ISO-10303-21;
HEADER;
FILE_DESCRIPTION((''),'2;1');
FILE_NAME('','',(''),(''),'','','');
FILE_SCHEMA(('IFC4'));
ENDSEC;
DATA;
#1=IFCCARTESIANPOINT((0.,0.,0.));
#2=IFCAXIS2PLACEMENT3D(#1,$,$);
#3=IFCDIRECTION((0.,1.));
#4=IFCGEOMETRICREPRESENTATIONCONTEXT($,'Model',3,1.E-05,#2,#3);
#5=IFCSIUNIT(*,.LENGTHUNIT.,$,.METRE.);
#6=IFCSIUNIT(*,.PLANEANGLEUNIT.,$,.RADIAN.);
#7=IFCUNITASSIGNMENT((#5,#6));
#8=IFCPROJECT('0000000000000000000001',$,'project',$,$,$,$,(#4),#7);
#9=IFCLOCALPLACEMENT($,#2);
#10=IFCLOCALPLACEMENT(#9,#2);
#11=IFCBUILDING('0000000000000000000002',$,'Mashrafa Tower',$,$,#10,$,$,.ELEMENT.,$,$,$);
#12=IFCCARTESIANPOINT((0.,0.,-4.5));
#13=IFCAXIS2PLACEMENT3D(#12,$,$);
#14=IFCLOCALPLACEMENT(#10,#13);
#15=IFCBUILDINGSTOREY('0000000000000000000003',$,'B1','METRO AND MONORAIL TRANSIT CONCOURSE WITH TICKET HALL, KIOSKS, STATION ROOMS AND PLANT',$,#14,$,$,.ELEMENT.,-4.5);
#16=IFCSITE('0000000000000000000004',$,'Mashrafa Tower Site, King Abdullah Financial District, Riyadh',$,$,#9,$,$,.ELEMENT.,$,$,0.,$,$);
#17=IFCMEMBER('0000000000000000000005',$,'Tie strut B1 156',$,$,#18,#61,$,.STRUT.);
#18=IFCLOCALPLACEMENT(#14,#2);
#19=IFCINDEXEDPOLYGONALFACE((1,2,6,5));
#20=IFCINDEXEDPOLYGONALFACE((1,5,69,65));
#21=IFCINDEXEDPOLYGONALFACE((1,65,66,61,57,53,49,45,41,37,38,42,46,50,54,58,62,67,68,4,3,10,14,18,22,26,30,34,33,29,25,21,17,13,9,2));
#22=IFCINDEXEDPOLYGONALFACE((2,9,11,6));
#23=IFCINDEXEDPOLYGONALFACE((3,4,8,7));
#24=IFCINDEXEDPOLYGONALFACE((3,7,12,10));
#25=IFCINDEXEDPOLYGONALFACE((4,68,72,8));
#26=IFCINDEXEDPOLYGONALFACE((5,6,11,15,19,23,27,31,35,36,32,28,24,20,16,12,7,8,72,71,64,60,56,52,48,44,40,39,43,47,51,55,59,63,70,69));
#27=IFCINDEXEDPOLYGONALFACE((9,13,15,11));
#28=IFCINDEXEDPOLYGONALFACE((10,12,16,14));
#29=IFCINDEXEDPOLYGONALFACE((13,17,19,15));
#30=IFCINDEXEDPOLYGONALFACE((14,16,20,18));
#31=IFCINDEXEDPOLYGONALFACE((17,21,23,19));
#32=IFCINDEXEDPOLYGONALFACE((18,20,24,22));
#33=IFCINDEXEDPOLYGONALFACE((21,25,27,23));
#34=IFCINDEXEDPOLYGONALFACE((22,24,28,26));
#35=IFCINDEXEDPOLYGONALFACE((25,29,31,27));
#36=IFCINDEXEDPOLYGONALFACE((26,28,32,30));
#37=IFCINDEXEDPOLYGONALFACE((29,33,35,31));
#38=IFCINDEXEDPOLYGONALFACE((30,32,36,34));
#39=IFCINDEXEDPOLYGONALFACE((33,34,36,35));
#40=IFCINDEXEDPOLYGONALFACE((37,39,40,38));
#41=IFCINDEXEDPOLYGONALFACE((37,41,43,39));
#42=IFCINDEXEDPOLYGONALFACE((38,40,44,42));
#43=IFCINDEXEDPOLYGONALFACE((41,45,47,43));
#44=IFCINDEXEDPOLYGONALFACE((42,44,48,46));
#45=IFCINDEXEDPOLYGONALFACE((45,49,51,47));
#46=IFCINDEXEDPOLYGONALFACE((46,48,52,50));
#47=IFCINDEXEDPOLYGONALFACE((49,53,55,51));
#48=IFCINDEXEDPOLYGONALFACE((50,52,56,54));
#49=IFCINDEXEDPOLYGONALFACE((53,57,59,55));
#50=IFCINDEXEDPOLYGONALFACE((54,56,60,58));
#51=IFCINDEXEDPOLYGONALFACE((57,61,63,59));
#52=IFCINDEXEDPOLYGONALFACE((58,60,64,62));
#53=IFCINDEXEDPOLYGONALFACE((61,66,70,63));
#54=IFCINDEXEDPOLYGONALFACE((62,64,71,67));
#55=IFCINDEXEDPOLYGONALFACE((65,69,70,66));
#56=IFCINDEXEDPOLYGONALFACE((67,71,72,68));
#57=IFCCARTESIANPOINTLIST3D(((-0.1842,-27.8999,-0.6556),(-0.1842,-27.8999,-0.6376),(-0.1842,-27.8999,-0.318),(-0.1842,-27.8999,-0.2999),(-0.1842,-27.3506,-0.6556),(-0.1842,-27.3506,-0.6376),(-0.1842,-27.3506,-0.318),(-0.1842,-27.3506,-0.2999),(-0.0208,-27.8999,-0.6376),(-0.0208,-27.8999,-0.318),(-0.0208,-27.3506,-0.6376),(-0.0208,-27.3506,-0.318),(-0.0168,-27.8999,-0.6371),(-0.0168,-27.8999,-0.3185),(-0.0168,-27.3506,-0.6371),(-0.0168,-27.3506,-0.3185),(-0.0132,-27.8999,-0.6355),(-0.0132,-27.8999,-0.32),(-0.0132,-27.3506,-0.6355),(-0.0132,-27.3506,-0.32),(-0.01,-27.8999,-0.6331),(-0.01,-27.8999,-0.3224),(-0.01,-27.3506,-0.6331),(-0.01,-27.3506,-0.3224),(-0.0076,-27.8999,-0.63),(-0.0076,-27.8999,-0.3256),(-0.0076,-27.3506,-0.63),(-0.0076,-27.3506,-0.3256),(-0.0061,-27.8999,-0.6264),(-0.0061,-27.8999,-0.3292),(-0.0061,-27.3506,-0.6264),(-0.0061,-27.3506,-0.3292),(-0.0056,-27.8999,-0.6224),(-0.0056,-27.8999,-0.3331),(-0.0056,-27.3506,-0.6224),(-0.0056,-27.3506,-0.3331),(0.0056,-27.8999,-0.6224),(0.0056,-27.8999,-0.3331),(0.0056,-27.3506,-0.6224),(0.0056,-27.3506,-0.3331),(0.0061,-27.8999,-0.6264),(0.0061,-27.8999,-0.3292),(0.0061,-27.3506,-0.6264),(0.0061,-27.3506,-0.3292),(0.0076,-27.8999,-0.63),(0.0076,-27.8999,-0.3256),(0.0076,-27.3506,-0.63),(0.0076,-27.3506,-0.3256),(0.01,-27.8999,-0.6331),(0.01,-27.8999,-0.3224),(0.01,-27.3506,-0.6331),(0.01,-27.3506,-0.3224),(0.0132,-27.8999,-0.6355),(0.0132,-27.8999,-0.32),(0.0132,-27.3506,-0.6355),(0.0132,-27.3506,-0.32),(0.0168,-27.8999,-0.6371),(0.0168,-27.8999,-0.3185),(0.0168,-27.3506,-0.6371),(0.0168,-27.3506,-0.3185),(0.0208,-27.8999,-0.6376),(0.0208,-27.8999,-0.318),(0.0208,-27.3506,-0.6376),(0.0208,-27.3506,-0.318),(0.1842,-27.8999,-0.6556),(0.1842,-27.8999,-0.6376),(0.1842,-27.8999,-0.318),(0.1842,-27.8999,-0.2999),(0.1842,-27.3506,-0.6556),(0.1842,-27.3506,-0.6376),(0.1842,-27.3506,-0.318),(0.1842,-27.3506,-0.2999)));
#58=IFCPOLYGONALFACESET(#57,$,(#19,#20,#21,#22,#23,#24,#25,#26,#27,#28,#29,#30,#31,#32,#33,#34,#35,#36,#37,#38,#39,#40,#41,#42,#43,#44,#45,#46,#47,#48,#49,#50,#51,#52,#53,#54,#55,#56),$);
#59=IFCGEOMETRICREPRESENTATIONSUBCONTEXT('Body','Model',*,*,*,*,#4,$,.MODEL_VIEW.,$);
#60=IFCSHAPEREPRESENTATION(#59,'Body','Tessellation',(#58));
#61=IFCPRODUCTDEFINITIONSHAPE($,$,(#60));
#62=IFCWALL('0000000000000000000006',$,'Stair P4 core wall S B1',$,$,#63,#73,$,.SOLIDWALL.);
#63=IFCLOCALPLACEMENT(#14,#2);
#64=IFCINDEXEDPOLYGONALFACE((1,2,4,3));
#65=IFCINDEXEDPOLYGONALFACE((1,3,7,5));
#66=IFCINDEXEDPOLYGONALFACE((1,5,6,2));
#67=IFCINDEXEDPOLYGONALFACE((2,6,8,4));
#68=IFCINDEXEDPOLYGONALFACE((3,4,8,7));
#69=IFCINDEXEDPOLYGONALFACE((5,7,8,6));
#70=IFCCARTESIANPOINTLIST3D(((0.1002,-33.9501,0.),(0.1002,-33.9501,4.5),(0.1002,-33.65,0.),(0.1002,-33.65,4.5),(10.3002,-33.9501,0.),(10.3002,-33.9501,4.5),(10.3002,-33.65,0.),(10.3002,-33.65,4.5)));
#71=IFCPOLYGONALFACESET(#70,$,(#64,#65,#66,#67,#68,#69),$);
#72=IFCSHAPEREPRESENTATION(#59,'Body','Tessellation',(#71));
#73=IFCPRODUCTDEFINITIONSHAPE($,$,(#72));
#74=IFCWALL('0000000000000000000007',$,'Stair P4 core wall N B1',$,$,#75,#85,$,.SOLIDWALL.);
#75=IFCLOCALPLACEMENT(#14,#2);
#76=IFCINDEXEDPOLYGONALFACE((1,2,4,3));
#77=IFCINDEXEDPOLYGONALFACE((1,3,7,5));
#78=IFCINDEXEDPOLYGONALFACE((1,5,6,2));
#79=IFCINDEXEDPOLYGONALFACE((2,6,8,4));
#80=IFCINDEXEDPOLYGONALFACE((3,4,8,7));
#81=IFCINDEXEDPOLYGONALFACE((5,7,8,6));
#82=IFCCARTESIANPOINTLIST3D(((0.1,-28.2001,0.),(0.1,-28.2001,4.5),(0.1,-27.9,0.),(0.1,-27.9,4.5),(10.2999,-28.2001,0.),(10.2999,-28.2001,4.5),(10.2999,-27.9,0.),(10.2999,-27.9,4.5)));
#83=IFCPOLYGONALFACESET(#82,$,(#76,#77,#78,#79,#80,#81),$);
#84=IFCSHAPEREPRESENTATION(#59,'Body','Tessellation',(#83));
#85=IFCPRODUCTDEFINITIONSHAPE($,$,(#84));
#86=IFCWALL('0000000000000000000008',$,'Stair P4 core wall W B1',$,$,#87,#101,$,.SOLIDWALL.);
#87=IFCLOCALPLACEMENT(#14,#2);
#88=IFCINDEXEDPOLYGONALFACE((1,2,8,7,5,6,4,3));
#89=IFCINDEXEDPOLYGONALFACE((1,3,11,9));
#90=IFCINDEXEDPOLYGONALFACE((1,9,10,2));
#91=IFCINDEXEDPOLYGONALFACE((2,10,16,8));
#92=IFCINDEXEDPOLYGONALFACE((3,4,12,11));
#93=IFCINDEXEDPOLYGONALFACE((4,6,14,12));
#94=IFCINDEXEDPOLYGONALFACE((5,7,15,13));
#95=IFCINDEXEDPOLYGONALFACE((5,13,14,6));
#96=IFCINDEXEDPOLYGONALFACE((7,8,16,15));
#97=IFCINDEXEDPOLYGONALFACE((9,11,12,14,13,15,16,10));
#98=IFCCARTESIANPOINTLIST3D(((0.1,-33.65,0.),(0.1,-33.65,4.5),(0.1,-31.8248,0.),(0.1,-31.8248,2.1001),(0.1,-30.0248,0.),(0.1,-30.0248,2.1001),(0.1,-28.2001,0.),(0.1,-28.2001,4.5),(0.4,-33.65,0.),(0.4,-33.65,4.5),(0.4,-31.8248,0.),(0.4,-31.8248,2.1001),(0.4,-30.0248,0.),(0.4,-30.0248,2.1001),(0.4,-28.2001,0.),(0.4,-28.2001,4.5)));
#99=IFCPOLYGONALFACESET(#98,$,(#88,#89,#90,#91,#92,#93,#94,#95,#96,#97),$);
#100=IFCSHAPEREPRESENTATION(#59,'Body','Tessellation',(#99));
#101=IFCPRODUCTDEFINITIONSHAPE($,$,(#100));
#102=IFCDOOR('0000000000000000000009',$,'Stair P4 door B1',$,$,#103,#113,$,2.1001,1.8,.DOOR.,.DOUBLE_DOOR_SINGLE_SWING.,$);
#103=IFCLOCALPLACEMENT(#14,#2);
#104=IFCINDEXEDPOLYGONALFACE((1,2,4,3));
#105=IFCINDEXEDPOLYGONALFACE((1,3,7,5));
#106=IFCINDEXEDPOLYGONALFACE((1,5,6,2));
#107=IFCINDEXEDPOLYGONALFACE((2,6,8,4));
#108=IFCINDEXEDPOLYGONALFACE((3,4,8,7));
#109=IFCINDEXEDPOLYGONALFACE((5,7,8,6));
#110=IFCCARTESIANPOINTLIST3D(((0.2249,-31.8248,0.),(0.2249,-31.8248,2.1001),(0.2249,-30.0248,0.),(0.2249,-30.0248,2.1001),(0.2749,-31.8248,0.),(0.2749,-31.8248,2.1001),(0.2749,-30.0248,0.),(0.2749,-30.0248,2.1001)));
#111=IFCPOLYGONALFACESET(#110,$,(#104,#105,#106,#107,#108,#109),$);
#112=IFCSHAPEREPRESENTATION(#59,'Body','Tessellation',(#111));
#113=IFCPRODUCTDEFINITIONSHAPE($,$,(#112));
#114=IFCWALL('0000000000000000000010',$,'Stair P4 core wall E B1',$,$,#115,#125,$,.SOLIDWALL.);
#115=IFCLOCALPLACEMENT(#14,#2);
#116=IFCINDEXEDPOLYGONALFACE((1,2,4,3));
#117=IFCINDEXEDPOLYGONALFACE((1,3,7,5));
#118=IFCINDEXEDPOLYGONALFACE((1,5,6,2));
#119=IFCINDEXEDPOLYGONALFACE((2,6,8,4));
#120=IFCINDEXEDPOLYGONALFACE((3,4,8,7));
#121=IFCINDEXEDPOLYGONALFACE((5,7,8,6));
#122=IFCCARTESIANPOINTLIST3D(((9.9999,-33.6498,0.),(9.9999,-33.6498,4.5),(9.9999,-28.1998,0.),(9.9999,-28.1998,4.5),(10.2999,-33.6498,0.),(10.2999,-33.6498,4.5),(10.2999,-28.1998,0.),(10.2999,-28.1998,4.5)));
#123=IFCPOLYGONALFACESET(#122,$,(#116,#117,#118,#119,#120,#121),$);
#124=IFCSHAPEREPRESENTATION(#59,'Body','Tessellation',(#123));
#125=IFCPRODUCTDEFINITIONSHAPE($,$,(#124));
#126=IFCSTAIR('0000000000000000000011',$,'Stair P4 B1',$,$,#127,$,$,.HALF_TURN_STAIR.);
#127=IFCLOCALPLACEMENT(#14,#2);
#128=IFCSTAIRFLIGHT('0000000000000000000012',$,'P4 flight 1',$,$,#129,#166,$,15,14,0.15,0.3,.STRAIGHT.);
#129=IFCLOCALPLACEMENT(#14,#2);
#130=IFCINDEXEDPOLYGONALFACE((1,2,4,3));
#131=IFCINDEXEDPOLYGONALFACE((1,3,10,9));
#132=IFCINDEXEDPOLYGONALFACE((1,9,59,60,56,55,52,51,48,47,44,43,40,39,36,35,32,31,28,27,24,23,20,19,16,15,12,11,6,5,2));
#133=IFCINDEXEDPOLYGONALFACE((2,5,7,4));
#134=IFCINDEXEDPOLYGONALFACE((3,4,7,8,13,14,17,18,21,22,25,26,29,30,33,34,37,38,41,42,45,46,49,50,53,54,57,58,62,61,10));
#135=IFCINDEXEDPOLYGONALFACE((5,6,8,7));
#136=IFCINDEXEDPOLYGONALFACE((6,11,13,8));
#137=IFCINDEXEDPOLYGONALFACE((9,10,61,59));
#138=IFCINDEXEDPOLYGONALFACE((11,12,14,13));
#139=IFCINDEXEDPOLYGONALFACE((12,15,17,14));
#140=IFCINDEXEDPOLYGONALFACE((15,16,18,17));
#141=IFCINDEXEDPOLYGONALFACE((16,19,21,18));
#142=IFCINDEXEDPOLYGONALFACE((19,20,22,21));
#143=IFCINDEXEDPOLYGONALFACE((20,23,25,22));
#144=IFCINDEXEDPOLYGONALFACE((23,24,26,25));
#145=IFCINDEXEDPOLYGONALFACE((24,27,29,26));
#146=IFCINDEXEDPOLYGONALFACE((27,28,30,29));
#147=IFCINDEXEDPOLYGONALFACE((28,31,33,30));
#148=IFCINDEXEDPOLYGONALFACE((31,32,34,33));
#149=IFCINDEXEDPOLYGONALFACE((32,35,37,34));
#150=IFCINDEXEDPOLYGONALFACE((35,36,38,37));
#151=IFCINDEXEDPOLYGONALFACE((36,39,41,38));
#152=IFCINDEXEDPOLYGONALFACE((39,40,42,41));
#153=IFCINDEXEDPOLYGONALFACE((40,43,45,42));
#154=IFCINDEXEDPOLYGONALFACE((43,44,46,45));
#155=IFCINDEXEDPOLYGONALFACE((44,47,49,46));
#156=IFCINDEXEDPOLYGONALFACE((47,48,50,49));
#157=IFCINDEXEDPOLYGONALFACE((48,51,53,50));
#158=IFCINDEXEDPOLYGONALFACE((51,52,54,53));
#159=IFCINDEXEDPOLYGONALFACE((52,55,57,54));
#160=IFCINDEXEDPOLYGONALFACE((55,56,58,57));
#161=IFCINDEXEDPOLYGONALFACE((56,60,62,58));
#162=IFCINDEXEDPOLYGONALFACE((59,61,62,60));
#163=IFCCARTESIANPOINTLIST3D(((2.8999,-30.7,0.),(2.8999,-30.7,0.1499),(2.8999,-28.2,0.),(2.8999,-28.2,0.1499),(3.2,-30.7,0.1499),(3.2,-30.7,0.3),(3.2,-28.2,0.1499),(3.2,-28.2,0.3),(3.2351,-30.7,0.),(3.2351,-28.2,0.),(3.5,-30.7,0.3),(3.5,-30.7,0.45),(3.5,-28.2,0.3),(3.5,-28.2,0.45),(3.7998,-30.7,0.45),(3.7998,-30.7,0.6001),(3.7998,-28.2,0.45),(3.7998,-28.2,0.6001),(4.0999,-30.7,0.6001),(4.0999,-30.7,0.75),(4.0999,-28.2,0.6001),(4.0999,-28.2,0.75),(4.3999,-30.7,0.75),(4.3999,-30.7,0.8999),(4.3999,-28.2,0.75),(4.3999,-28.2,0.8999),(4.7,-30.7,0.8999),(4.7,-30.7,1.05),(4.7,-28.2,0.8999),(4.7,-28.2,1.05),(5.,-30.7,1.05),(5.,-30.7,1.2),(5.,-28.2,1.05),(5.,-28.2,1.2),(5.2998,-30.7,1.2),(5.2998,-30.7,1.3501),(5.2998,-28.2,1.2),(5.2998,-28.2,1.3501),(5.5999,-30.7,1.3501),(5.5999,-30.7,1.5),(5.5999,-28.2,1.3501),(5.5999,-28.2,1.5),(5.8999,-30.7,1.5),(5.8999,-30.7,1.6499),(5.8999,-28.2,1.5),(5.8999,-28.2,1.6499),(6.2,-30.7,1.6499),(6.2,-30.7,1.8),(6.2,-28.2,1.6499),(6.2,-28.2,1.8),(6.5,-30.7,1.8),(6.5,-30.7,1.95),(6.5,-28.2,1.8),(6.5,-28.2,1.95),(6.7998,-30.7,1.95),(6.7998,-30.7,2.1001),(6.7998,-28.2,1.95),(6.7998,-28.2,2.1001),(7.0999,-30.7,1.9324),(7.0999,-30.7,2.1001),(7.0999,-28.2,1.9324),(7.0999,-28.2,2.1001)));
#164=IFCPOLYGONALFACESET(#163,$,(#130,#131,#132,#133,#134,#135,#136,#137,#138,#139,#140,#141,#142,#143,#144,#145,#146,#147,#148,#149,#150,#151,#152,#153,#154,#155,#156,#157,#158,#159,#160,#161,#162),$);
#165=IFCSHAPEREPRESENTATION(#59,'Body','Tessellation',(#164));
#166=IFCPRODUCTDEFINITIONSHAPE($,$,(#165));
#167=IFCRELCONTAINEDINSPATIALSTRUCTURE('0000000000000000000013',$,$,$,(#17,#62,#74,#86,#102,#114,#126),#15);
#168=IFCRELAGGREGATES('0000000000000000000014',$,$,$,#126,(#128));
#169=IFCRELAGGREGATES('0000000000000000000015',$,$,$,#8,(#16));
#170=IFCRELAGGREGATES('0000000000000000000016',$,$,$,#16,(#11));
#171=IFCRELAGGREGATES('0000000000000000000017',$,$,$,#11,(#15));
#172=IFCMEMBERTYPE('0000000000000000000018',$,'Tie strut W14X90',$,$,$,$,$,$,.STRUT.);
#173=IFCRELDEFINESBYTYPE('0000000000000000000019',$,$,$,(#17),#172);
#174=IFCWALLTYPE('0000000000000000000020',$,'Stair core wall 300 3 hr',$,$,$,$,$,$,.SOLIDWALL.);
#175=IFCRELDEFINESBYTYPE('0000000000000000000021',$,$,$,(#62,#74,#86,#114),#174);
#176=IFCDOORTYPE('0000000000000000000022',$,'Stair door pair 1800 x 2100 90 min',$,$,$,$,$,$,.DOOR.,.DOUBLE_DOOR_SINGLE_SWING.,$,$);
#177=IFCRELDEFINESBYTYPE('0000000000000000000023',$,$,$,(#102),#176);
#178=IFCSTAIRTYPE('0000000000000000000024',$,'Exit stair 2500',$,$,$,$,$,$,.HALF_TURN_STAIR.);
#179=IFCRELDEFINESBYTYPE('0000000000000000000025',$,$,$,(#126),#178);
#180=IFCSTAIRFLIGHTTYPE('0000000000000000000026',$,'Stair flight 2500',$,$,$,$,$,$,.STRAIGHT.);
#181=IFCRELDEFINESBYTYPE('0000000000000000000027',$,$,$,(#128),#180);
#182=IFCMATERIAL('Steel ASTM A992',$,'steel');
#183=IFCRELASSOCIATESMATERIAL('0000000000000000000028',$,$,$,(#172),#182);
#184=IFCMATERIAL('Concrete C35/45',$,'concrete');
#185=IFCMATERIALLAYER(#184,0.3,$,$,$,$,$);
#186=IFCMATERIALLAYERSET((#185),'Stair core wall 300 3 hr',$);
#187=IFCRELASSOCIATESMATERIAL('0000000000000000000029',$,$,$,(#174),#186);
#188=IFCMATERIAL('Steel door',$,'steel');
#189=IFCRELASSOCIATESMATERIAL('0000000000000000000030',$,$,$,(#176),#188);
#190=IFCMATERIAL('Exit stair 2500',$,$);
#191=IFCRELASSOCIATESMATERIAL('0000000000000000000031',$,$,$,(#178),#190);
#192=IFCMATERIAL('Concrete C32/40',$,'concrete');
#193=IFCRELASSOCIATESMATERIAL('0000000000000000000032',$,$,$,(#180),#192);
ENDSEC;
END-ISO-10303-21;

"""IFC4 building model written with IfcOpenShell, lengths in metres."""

from ifc_helpers import new_model, si_unit, direction, frame, frame_2d, origin, origin_2d, place, context, subcontext, project, spatial, polyline, rectangle, i_section, outline, extrude, source, transform, mapped, material, layer, layer_set, material_profile, profile_set, type_object, element, fill, aggregate, save


model = new_model("IFC4")

# Units and contexts
model_context = context("Model", 3, precision=1e-05, world=origin(), true_north=direction((0.0, 1.0)))
body_context = subcontext(model_context, "Body", "Model", "MODEL_VIEW")
ifc_project = project(units=[si_unit("LENGTHUNIT", "METRE"), si_unit("PLANEANGLEUNIT", "RADIAN")], contexts=[model_context])

# Site, building, storey
site_placement = place(None, origin())
site = spatial("IfcSite", under=ifc_project, at=site_placement, Name="Mashrafa Tower Site, King Abdullah Financial District, Riyadh", CompositionType="ELEMENT", RefElevation=0.0)
building_placement = place(site_placement, origin())
building = spatial("IfcBuilding", under=site, at=building_placement, Name="Mashrafa Tower", CompositionType="ELEMENT")
storey_placement = place(building_placement, frame((0.0, 0.0, -4.5)))
storey = spatial("IfcBuildingStorey", under=building, at=storey_placement, Name="B1", Description="METRO AND MONORAIL TRANSIT CONCOURSE WITH TICKET HALL, KIOSKS, STATION ROOMS AND PLANT", CompositionType="ELEMENT", Elevation=-4.5)

# Member
ifc_material_1 = material(Name="Steel ASTM A992", Category="steel")
ifc_material_profile_1 = material_profile(ifc_material_1, i_section(OverallWidth=0.3684, OverallDepth=0.3557, WebThickness=0.0112, FlangeThickness=0.0181, FilletRadius=0.0151, at=origin_2d()), Name="W14X90")
ifc_profile_set_1 = profile_set([ifc_material_profile_1], Name="Steel ASTM A992")
member_type_1 = type_object("IfcMemberType", Name="Tie strut W14X90", PredefinedType="STRUT", material=ifc_profile_set_1)
shared_shape_1 = source(origin(), body_context, "Body", "SweptSolid", [
    extrude(i_section(OverallWidth=0.3684, OverallDepth=0.3557, WebThickness=0.0112, FlangeThickness=0.0181, FilletRadius=0.0151, at=origin_2d()), origin(), (0.0, 0.0, 1.0), 0.5493),
])
member_1_placement = place(storey_placement, frame((0.0, -27.3506, -0.4778), z_axis=(0.0, -1.0, 0.0), x_axis=(1.0, 0.0, 0.0)))
element("IfcMember", 1, at=member_1_placement, inside=storey, type_object=member_type_1, Name="Tie strut B1 156", PredefinedType="STRUT", context=body_context, shape_type="MappedRepresentation", body=[
    mapped(shared_shape_1, transform((0.0, 0.0, 0.0))),
])

# Walls
ifc_material_2 = material(Name="Concrete C35/45", Category="concrete")
ifc_layer = layer(ifc_material_2, 0.3)
ifc_layer_set = layer_set([ifc_layer], Name="Stair core wall 300 3 hr")
wall_type = type_object("IfcWallType", Name="Stair core wall 300 3 hr", PredefinedType="SOLIDWALL", material=ifc_layer_set)
for number, where, z_axis, x_axis, name in (
    (2, (0.1001, -33.8, 0.0), (0.0, 0.0, 1.0), (1.0, 0.0, 0.0), "Stair P4 core wall S B1"),
    (3, (10.3, -28.05, 0.0), (0.0, 0.0, 1.0), (-1.0, 0.0, 0.0), "Stair P4 core wall N B1"),
):
    element("IfcWall", number, at=place(storey_placement, frame(where, z_axis=z_axis, x_axis=x_axis)), inside=storey, type_object=wall_type, Name=name, PredefinedType="SOLIDWALL", context=body_context, shape_type="SweptSolid", body=[
        extrude(rectangle(XDim=10.2, YDim=0.3, at=frame_2d((5.1001, 0.0))), origin(), (0.0, 0.0, 1.0), 4.5),
    ])

# Wall, opening, door
wall_1_placement = place(storey_placement, frame((0.25, -28.2, 0.0), z_axis=(0.0, 0.0, 1.0), x_axis=(0.0, -1.0, 0.0)))
wall_1 = element("IfcWall", 4, at=wall_1_placement, inside=storey, type_object=wall_type, Name="Stair P4 core wall W B1", PredefinedType="SOLIDWALL", context=body_context, shape_type="SweptSolid", body=[
    extrude(rectangle(XDim=5.45, YDim=0.3, at=frame_2d((2.7251, 0.0))), origin(), (0.0, 0.0, 1.0), 4.5),
])
opening_placement = place(wall_1_placement, frame((1.825, 0.0, 0.0)))
opening = element("IfcOpeningElement", 5, at=opening_placement, cuts=wall_1, PredefinedType="OPENING", context=body_context, shape_type="SweptSolid", body=[
    extrude(rectangle(XDim=1.8, YDim=2.1001, at=frame_2d((0.8999, 1.05))), frame((0.0, 0.1599, 0.0), z_axis=(0.0, -1.0, 0.0), x_axis=(1.0, 0.0, 0.0)), (0.0, 0.0, 1.0), 0.3201),
])
ifc_material_3 = material(Name="Steel door", Category="steel")
door_type = type_object("IfcDoorType", Name="Stair door pair 1800 x 2100 90 min", OperationType="DOUBLE_DOOR_SINGLE_SWING", PredefinedType="DOOR", material=ifc_material_3)
door_placement = place(opening_placement, origin())
door = element("IfcDoor", 6, at=door_placement, inside=storey, type_object=door_type, Name="Stair P4 door B1", OperationType="DOUBLE_DOOR_SINGLE_SWING", OverallHeight=2.1001, OverallWidth=1.8, PredefinedType="DOOR", context=body_context, shape_type="SweptSolid", body=[
    extrude(rectangle(XDim=1.8, YDim=2.1001, at=frame_2d((0.8999, 1.05))), frame((0.0, 0.0249, 0.0), z_axis=(0.0, -1.0, 0.0), x_axis=(1.0, 0.0, 0.0)), (0.0, 0.0, 1.0), 0.05),
])
fill(opening, door)

# Wall
wall_2_placement = place(storey_placement, frame((10.1499, -33.6499, 0.0), z_axis=(0.0, 0.0, 1.0), x_axis=(0.0, 1.0, 0.0)))
element("IfcWall", 7, at=wall_2_placement, inside=storey, type_object=wall_type, Name="Stair P4 core wall E B1", PredefinedType="SOLIDWALL", context=body_context, shape_type="SweptSolid", body=[
    extrude(rectangle(XDim=5.45, YDim=0.3, at=frame_2d((2.7251, 0.0))), origin(), (0.0, 0.0, 1.0), 4.5),
])

# Stair, stair flight
ifc_material_4 = material(Name="Exit stair 2500")
stair_type = type_object("IfcStairType", Name="Exit stair 2500", PredefinedType="HALF_TURN_STAIR", material=ifc_material_4)
stair_placement = place(storey_placement, origin())
stair = element("IfcStair", 8, at=stair_placement, inside=storey, type_object=stair_type, Name="Stair P4 B1", PredefinedType="HALF_TURN_STAIR")
ifc_material_5 = material(Name="Concrete C32/40", Category="concrete")
stair_flight_type = type_object("IfcStairFlightType", Name="Stair flight 2500", PredefinedType="STRAIGHT", material=ifc_material_5)
stair_flight_1_placement = place(storey_placement, frame((2.8999, -29.45, 0.0), z_axis=(0.0, 0.0, 1.0), x_axis=(1.0, 0.0, 0.0)))
stair_flight_1 = element("IfcStairFlight", 9, at=stair_flight_1_placement, type_object=stair_flight_type, Name="P4 flight 1", NumberOfRisers=15, NumberOfTreads=14, PredefinedType="STRAIGHT", RiserHeight=0.15, TreadLength=0.3, context=body_context, shape_type="SweptSolid", body=[
    extrude(outline(polyline([(0.0, 0.0), (0.0, 0.1499), (0.3, 0.1499), (0.3, 0.3), (0.6001, 0.3), (0.6001, 0.45), (0.8999, 0.45), (0.8999, 0.6001), (1.2, 0.6001), (1.2, 0.75), (1.5, 0.75), (1.5, 0.8999), (1.8, 0.8999), (1.8, 1.05), (2.1001, 1.05), (2.1001, 1.2), (2.3999, 1.2), (2.3999, 1.3501), (2.7, 1.3501), (2.7, 1.5), (3.0, 1.5), (3.0, 1.6499), (3.3, 1.6499), (3.3, 1.8), (3.6001, 1.8), (3.6001, 1.95), (3.8999, 1.95), (3.8999, 2.1001), (4.2, 2.1001), (4.2, 2.25), (4.2, 1.9324), (0.3352, 0.0), (0.0, 0.0)])), frame((0.0, 1.25, 0.0), z_axis=(0.0, -1.0, 0.0), x_axis=(1.0, 0.0, 0.0)), (0.0, 0.0, 1.0), 2.5),
])
aggregate(stair, [stair_flight_1])

save(model, "model.ifc")
